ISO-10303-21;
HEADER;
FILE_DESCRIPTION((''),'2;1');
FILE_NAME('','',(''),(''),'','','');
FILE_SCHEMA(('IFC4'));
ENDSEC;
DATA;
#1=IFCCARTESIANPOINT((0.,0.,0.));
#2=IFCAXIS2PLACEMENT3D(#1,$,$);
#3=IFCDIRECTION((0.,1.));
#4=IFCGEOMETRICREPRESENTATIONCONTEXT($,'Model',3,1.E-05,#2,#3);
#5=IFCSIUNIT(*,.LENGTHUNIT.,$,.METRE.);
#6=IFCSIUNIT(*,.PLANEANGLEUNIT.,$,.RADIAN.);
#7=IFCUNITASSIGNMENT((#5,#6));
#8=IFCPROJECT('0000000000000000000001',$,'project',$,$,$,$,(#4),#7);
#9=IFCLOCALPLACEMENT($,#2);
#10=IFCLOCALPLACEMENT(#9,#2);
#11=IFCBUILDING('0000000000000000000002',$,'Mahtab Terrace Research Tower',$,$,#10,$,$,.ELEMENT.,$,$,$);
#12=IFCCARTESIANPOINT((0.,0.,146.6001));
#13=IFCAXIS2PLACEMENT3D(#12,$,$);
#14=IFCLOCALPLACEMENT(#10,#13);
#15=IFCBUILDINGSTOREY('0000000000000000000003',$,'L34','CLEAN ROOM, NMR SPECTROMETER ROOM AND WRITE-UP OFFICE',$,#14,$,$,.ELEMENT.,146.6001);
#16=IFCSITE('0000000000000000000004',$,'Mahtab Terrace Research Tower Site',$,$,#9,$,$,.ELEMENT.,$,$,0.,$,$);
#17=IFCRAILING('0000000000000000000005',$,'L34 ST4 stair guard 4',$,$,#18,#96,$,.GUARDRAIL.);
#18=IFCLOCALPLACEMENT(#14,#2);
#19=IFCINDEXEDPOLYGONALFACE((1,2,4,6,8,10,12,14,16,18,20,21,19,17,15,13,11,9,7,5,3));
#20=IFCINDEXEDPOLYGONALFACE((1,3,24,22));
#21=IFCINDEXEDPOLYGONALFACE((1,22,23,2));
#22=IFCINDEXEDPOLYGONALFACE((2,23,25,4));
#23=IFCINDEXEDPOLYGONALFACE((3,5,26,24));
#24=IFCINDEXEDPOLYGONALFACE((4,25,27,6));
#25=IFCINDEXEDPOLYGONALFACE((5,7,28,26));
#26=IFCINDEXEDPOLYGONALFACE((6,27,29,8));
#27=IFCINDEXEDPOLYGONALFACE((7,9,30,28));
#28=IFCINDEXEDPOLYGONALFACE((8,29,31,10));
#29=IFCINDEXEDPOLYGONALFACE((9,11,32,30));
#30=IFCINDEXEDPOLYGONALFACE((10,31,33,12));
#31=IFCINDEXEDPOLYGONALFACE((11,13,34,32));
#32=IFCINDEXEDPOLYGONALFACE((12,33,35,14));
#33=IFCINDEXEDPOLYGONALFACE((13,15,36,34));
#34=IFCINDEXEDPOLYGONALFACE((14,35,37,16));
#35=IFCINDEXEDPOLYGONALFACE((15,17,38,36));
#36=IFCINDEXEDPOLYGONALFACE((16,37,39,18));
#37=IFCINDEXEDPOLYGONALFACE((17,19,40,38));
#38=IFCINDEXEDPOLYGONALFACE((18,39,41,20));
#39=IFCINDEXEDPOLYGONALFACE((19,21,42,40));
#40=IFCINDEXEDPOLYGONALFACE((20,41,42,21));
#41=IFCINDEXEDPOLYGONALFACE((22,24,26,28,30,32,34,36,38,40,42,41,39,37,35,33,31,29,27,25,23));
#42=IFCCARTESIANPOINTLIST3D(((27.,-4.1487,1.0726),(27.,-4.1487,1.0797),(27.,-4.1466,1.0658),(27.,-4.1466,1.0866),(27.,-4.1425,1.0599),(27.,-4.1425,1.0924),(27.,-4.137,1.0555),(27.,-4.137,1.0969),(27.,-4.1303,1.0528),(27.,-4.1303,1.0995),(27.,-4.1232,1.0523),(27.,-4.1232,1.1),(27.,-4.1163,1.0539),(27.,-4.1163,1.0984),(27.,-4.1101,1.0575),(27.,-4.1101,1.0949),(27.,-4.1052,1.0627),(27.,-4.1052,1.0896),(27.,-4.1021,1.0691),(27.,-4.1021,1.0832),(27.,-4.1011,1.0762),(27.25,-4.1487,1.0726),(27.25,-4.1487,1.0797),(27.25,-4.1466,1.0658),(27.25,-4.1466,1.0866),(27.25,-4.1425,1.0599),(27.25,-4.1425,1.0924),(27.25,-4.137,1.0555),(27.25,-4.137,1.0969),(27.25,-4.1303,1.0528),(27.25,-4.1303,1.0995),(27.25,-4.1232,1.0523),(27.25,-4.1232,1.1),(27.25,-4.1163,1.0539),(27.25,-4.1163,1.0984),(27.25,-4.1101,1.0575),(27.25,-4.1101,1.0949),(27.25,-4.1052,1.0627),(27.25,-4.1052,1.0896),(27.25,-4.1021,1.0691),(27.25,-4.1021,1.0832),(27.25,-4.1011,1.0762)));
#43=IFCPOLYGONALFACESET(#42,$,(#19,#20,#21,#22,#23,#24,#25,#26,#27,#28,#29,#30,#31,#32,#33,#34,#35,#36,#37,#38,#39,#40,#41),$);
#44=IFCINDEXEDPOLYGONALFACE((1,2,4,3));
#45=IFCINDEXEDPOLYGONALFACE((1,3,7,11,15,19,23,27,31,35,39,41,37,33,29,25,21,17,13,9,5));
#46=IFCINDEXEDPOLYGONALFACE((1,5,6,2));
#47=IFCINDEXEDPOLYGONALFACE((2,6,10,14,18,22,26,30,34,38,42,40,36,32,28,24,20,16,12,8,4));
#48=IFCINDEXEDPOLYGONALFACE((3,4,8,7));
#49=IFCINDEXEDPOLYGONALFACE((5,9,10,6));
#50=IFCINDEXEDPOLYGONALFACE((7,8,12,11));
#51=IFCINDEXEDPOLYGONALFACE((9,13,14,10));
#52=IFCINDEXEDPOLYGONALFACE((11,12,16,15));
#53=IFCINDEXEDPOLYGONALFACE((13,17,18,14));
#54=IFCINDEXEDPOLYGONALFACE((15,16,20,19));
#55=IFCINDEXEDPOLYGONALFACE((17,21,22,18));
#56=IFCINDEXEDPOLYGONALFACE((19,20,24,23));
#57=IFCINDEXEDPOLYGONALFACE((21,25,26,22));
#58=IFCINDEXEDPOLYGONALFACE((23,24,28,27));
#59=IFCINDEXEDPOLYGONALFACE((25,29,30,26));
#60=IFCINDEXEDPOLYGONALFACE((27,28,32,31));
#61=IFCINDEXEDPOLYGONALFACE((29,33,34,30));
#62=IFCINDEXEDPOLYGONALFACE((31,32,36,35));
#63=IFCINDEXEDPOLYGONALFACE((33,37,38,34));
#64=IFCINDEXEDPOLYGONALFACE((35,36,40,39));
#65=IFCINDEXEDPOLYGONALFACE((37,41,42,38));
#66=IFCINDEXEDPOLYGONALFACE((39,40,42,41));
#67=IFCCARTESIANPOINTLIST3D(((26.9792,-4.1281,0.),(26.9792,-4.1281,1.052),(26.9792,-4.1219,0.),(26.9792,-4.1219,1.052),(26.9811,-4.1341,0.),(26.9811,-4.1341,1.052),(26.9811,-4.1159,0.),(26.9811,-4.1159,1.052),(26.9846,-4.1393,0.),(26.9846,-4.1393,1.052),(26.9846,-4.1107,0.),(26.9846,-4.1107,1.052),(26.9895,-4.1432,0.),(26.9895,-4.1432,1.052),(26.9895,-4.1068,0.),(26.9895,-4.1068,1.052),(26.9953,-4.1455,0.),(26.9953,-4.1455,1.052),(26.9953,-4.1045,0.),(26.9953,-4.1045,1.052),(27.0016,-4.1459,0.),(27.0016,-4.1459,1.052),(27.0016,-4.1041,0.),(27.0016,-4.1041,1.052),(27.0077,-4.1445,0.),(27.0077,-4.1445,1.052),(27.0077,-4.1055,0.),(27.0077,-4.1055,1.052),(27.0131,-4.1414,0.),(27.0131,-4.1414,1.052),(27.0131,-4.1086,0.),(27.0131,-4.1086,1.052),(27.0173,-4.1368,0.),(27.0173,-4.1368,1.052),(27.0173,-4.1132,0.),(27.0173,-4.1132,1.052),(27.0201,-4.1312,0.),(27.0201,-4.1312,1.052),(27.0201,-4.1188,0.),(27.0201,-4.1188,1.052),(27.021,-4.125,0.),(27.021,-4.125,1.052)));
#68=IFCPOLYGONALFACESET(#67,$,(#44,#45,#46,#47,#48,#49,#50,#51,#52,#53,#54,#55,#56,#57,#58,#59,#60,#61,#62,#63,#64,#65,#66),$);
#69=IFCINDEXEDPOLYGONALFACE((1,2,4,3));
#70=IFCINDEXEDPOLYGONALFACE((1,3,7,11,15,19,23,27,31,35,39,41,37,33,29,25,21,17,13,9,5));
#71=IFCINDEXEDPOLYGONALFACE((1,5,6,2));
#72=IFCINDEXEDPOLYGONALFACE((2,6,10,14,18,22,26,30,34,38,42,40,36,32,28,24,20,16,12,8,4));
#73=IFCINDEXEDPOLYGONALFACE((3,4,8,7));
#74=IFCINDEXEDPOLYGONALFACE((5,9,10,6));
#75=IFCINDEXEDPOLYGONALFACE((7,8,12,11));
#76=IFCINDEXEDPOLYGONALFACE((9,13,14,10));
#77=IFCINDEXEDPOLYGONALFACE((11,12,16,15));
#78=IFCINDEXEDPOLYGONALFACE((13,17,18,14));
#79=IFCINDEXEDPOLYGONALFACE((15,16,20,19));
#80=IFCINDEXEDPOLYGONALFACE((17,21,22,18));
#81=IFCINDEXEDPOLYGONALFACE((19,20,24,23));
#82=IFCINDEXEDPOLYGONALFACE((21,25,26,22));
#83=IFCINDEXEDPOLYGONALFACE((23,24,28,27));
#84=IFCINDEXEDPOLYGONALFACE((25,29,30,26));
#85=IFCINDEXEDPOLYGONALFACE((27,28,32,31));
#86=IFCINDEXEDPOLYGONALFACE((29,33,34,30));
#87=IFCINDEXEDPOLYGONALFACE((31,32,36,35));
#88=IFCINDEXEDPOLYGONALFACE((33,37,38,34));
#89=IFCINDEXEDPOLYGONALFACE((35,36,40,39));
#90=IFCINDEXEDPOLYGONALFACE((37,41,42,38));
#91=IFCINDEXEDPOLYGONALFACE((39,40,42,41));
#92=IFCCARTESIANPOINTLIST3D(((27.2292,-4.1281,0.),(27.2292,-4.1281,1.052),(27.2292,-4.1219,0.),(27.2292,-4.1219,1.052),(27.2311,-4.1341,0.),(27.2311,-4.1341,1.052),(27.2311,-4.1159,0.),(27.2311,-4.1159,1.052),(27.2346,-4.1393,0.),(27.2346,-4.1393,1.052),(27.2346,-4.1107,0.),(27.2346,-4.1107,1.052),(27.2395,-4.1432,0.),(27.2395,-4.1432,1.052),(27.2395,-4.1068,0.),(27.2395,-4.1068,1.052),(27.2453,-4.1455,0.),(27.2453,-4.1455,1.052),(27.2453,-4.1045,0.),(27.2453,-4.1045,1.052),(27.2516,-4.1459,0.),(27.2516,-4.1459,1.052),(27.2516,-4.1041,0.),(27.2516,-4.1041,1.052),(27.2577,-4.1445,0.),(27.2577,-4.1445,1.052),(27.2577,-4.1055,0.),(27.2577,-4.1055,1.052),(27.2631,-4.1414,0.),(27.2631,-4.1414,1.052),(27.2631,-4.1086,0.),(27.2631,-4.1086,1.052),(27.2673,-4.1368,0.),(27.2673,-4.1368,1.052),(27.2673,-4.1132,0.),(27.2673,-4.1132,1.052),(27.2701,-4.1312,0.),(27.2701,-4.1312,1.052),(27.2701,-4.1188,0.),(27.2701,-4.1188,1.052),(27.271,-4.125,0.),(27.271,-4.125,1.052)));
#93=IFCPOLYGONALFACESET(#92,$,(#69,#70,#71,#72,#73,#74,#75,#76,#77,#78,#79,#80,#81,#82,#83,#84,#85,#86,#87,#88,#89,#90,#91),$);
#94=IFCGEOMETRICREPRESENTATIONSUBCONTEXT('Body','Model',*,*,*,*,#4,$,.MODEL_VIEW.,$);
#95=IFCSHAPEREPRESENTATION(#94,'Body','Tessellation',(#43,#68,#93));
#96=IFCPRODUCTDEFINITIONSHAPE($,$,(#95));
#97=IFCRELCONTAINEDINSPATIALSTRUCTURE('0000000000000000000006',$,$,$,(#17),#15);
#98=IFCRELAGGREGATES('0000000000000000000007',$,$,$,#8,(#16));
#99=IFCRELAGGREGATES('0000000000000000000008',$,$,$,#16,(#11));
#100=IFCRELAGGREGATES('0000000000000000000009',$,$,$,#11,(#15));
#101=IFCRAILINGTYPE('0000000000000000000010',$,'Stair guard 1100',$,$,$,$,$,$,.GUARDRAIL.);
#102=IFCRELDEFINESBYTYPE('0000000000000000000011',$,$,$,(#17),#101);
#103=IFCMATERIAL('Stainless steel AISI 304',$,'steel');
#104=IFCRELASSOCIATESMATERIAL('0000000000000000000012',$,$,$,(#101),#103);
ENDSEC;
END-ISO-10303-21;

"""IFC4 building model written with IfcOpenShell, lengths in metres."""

from ifc_helpers import new_model, si_unit, direction, frame, origin, origin_2d, place, context, subcontext, project, spatial, circle, extrude, material, type_object, element, save


model = new_model("IFC4")

# Units and contexts
model_context = context("Model", 3, precision=1e-05, world=origin(), true_north=direction((0.0, 1.0)))
body_context = subcontext(model_context, "Body", "Model", "MODEL_VIEW")
ifc_project = project(units=[si_unit("LENGTHUNIT", "METRE"), si_unit("PLANEANGLEUNIT", "RADIAN")], contexts=[model_context])

# Site, building, storey
site_placement = place(None, origin())
site = spatial("IfcSite", under=ifc_project, at=site_placement, Name="Mahtab Terrace Research Tower Site", CompositionType="ELEMENT", RefElevation=0.0)
building_placement = place(site_placement, origin())
building = spatial("IfcBuilding", under=site, at=building_placement, Name="Mahtab Terrace Research Tower", CompositionType="ELEMENT")
storey_placement = place(building_placement, frame((0.0, 0.0, 146.6001)))
storey = spatial("IfcBuildingStorey", under=building, at=storey_placement, Name="L34", Description="CLEAN ROOM, NMR SPECTROMETER ROOM AND WRITE-UP OFFICE", CompositionType="ELEMENT", Elevation=146.6001)

# Railing
ifc_material_1 = material(Name="Stainless steel AISI 304", Category="steel")
railing_type_1 = type_object("IfcRailingType", Name="Stair guard 1100", PredefinedType="GUARDRAIL", material=ifc_material_1)
railing_1_placement = place(storey_placement, frame((27.0, -4.125, 0.0)))
element("IfcRailing", 1, at=railing_1_placement, inside=storey, type_object=railing_type_1, Name="L34 ST4 stair guard 4", PredefinedType="GUARDRAIL", context=body_context, shape_type="SweptSolid", body=[
    extrude(circle(Radius=0.0239, at=origin_2d()), frame((0.0, 0.0, 1.0762), z_axis=(1.0, 0.0, 0.0), x_axis=(0.0, 1.0, 0.0)), (0.0, 0.0, 1.0), 0.25),
    extrude(circle(Radius=0.021, at=origin_2d()), origin(), (0.0, 0.0, 1.0), 1.052),
    extrude(circle(Radius=0.021, at=origin_2d()), frame((0.25, 0.0, 0.0)), (0.0, 0.0, 1.0), 1.052),
])

save(model, "model.ifc")
